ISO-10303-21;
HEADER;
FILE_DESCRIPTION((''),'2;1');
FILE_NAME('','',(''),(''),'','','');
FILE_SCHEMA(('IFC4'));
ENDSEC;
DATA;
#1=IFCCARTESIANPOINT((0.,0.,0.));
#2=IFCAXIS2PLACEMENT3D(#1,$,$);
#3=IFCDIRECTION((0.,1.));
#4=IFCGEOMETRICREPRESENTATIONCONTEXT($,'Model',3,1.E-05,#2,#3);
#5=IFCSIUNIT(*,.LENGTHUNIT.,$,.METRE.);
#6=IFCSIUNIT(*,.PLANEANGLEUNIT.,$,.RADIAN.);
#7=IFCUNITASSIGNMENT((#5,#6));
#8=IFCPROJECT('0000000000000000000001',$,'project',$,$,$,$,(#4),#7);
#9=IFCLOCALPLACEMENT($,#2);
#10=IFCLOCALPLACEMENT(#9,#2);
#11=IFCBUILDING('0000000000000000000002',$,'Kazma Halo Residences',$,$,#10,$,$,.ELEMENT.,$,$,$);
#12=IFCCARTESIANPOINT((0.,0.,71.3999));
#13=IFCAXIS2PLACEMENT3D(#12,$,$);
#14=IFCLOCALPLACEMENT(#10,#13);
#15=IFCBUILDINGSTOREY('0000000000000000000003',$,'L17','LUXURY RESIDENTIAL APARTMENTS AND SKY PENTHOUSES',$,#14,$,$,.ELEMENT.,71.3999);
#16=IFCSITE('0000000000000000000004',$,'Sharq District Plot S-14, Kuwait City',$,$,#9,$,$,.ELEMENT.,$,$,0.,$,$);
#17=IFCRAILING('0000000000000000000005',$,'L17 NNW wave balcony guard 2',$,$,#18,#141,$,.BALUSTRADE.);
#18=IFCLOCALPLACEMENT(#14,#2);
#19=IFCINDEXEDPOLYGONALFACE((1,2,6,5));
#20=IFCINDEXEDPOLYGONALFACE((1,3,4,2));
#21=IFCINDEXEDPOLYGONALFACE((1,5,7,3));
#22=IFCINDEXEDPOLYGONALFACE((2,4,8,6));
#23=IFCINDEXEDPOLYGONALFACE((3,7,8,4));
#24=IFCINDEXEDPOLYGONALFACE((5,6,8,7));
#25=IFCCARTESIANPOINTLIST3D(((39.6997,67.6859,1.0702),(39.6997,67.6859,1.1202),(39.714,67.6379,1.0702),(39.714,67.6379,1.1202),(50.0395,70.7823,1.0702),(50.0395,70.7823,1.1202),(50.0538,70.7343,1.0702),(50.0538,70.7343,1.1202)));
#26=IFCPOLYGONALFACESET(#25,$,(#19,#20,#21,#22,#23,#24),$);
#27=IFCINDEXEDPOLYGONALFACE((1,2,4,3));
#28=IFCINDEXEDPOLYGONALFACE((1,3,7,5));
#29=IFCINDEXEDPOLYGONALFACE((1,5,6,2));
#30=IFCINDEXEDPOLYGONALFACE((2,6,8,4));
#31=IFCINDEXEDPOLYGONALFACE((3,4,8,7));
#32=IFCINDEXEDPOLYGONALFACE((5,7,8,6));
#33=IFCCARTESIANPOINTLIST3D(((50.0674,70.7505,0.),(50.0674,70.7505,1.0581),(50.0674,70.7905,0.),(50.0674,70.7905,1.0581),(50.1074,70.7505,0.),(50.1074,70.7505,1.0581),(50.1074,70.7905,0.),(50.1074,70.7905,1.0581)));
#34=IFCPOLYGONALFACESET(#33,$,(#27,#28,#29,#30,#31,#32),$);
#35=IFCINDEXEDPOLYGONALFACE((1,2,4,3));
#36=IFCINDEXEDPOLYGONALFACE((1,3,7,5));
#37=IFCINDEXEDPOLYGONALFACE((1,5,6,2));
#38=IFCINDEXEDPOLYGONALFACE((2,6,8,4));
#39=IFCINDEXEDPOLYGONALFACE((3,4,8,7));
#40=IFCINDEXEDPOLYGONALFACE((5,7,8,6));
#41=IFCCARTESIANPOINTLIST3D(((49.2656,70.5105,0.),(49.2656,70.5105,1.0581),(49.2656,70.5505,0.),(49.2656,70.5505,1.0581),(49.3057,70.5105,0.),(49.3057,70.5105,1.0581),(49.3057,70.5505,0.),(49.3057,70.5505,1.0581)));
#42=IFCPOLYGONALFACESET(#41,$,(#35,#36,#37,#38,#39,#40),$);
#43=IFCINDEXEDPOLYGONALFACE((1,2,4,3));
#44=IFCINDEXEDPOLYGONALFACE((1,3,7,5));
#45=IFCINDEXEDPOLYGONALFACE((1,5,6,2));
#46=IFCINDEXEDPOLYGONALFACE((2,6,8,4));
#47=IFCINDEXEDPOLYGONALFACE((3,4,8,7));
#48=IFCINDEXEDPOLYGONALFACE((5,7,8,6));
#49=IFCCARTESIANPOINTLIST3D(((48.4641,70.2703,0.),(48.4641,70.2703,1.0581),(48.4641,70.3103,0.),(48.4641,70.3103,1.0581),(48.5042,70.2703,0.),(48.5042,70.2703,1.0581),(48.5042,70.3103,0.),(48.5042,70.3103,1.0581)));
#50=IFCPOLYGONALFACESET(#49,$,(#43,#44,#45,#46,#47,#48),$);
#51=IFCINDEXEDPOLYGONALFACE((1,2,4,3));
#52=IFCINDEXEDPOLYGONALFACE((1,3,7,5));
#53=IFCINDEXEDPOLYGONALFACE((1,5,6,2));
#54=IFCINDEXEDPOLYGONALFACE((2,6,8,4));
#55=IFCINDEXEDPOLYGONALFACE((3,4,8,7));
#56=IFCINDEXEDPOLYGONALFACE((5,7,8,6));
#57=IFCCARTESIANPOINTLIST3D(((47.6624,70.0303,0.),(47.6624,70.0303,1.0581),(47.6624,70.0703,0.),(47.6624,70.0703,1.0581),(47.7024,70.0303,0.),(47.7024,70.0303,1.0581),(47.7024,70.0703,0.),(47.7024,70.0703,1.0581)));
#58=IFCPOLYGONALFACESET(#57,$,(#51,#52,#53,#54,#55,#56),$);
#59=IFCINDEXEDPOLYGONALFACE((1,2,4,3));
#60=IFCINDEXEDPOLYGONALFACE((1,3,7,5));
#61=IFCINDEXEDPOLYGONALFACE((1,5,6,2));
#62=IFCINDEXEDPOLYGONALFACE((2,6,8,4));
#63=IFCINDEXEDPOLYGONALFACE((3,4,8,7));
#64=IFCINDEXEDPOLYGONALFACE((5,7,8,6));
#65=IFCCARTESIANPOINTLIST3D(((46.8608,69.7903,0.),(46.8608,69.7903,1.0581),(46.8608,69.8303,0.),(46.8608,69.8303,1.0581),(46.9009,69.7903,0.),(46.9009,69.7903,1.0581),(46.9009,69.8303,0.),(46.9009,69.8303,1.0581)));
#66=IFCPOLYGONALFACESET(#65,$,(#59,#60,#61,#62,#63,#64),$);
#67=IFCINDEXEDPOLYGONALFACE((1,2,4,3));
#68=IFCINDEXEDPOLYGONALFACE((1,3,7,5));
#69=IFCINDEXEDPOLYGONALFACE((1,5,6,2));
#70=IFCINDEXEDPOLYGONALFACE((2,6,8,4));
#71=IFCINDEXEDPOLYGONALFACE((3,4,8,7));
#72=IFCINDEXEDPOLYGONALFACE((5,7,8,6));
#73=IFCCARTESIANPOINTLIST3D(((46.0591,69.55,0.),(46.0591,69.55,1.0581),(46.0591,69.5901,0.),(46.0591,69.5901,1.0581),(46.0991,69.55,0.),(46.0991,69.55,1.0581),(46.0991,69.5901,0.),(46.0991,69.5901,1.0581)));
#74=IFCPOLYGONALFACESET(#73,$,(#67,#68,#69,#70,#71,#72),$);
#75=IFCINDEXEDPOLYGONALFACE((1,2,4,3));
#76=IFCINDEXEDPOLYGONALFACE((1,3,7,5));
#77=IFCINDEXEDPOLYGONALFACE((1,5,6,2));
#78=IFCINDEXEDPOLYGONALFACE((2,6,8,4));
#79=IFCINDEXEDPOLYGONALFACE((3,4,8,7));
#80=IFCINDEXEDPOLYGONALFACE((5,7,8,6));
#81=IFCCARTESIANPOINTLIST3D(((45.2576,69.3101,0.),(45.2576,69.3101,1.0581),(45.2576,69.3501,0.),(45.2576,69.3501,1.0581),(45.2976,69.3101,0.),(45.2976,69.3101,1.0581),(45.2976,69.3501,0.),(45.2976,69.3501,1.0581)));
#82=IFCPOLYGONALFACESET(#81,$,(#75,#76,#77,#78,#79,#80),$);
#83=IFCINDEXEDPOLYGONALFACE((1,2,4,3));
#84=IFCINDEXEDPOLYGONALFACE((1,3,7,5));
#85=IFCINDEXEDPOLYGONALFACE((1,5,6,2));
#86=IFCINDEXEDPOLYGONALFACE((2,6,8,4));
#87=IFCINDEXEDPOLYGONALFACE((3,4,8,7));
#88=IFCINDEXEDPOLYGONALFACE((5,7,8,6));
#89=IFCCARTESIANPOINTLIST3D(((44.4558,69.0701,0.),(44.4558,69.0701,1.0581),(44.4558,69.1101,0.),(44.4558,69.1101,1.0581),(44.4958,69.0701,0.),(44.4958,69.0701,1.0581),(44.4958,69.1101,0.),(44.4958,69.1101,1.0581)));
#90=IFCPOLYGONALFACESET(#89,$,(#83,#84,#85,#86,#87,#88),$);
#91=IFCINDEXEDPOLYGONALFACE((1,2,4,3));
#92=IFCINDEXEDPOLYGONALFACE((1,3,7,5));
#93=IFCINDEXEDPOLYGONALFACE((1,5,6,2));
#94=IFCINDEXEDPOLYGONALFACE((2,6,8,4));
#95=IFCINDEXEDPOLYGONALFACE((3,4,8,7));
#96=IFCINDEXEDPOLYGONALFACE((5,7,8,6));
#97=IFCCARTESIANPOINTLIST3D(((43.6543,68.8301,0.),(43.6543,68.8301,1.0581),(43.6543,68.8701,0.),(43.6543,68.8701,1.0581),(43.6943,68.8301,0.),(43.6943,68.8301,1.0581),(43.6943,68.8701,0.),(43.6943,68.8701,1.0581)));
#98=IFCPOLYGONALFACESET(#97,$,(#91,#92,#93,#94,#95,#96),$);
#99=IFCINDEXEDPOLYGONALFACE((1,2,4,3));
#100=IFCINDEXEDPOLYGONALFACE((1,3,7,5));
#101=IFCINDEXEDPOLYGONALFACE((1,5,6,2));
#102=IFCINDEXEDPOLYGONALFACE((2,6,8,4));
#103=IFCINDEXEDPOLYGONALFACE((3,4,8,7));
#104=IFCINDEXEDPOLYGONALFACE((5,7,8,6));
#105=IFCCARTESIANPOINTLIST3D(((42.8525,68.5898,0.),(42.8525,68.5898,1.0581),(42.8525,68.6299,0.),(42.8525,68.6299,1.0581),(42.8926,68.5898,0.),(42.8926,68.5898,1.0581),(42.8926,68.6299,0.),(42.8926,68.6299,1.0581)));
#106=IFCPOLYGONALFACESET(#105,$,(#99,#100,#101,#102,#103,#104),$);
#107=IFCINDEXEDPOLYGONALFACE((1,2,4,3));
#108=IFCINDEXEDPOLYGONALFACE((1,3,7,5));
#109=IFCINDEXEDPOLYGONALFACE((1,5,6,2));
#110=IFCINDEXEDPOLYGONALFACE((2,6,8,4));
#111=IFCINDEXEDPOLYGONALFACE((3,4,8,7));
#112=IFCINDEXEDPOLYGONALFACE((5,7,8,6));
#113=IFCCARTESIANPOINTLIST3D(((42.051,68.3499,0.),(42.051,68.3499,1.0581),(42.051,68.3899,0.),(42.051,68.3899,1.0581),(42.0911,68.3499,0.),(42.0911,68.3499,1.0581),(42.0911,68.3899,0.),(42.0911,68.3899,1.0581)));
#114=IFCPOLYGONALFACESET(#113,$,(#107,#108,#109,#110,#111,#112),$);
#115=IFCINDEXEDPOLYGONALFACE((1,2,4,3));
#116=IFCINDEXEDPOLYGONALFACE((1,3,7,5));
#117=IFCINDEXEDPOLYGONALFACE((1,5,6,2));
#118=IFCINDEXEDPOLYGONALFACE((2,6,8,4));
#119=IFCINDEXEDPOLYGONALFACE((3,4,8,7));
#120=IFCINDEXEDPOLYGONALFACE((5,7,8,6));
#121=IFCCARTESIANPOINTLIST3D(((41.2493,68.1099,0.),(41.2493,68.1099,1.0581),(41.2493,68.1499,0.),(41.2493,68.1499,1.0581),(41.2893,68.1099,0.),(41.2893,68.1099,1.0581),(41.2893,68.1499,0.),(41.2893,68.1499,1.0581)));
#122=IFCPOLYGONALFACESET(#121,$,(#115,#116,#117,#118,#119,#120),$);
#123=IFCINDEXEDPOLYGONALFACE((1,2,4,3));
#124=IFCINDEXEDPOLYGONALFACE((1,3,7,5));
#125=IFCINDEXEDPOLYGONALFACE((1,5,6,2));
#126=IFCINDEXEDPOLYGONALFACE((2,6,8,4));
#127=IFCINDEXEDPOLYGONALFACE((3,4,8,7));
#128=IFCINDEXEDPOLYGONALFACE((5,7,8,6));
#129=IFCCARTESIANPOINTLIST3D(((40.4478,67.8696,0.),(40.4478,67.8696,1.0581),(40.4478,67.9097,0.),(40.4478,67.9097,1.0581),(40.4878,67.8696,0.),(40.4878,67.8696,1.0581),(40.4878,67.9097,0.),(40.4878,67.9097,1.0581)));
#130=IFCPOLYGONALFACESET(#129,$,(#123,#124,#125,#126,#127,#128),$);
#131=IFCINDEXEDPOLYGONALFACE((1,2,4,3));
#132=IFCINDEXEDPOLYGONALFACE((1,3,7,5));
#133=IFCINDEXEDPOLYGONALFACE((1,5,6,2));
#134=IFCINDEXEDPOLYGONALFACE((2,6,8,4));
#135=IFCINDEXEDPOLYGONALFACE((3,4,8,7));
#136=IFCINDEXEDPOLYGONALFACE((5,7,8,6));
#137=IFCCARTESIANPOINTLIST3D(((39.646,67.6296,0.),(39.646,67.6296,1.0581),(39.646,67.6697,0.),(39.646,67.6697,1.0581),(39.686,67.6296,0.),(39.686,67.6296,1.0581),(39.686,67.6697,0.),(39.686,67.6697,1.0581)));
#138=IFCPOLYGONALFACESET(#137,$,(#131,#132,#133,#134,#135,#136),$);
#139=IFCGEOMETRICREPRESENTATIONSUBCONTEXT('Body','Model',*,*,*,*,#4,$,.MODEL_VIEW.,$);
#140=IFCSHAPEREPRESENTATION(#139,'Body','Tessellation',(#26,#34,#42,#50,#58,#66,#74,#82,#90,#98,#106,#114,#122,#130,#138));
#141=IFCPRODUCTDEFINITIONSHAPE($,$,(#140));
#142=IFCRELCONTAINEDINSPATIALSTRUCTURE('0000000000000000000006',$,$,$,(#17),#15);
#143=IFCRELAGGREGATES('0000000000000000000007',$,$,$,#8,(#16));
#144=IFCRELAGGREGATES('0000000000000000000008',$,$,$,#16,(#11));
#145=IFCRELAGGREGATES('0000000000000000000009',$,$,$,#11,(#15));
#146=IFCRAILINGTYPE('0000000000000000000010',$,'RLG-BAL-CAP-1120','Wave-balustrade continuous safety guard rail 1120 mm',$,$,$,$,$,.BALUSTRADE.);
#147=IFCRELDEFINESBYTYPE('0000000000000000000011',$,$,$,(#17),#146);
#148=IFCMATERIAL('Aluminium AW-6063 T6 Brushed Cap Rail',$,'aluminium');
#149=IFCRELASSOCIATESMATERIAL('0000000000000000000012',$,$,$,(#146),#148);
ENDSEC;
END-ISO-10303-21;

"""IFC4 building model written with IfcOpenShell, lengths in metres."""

from ifc_helpers import new_model, si_unit, direction, frame, origin, origin_2d, place, context, subcontext, project, spatial, rectangle, extrude, material, type_object, element, save


model = new_model("IFC4")

# Units and contexts
model_context = context("Model", 3, precision=1e-05, world=origin(), true_north=direction((0.0, 1.0)))
body_context = subcontext(model_context, "Body", "Model", "MODEL_VIEW")
ifc_project = project(units=[si_unit("LENGTHUNIT", "METRE"), si_unit("PLANEANGLEUNIT", "RADIAN")], contexts=[model_context])

# Site, building, storey
site_placement = place(None, origin())
site = spatial("IfcSite", under=ifc_project, at=site_placement, Name="Sharq District Plot S-14, Kuwait City", CompositionType="ELEMENT", RefElevation=0.0)
building_placement = place(site_placement, origin())
building = spatial("IfcBuilding", under=site, at=building_placement, Name="Kazma Halo Residences", CompositionType="ELEMENT")
storey_placement = place(building_placement, frame((0.0, 0.0, 71.3999)))
storey = spatial("IfcBuildingStorey", under=building, at=storey_placement, Name="L17", Description="LUXURY RESIDENTIAL APARTMENTS AND SKY PENTHOUSES", CompositionType="ELEMENT", Elevation=71.3999)

# Railing
ifc_material_1 = material(Name="Aluminium AW-6063 T6 Brushed Cap Rail", Category="aluminium")
railing_type = type_object("IfcRailingType", Name="RLG-BAL-CAP-1120", Description="Wave-balustrade continuous safety guard rail 1120 mm", PredefinedType="BALUSTRADE", material=ifc_material_1)
railing_1_placement = place(storey_placement, frame((50.0874, 70.7705, 0.0)))
element("IfcRailing", 1, at=railing_1_placement, inside=storey, type_object=railing_type, Name="L17 NNW wave balcony guard 2", PredefinedType="BALUSTRADE", context=body_context, shape_type="SweptSolid", body=[
    extrude(rectangle(XDim=0.05, YDim=0.05, at=origin_2d()), frame((-0.0408, -0.0122, 1.0952), z_axis=(-0.957967, -0.286878, 0.0), x_axis=(0.286878, -0.957967, 0.0)), (0.0, 0.0, 1.0), 10.7935),
    extrude(rectangle(XDim=0.04, YDim=0.04, at=origin_2d()), origin(), (0.0, 0.0, 1.0), 1.0581),
    extrude(rectangle(XDim=0.04, YDim=0.04, at=origin_2d()), frame((-0.8018, -0.24, 0.0)), (0.0, 0.0, 1.0), 1.0581),
    extrude(rectangle(XDim=0.04, YDim=0.04, at=origin_2d()), frame((-1.6033, -0.4802, 0.0)), (0.0, 0.0, 1.0), 1.0581),
    extrude(rectangle(XDim=0.04, YDim=0.04, at=origin_2d()), frame((-2.405, -0.7202, 0.0)), (0.0, 0.0, 1.0), 1.0581),
    extrude(rectangle(XDim=0.04, YDim=0.04, at=origin_2d()), frame((-3.2065, -0.9602, 0.0)), (0.0, 0.0, 1.0), 1.0581),
    extrude(rectangle(XDim=0.04, YDim=0.04, at=origin_2d()), frame((-4.0083, -1.2004, 0.0)), (0.0, 0.0, 1.0), 1.0581),
    extrude(rectangle(XDim=0.04, YDim=0.04, at=origin_2d()), frame((-4.8098, -1.4404, 0.0)), (0.0, 0.0, 1.0), 1.0581),
    extrude(rectangle(XDim=0.04, YDim=0.04, at=origin_2d()), frame((-5.6116, -1.6804, 0.0)), (0.0, 0.0, 1.0), 1.0581),
    extrude(rectangle(XDim=0.04, YDim=0.04, at=origin_2d()), frame((-6.4131, -1.9204, 0.0)), (0.0, 0.0, 1.0), 1.0581),
    extrude(rectangle(XDim=0.04, YDim=0.04, at=origin_2d()), frame((-7.2148, -2.1606, 0.0)), (0.0, 0.0, 1.0), 1.0581),
    extrude(rectangle(XDim=0.04, YDim=0.04, at=origin_2d()), frame((-8.0164, -2.4006, 0.0)), (0.0, 0.0, 1.0), 1.0581),
    extrude(rectangle(XDim=0.04, YDim=0.04, at=origin_2d()), frame((-8.8181, -2.6406, 0.0)), (0.0, 0.0, 1.0), 1.0581),
    extrude(rectangle(XDim=0.04, YDim=0.04, at=origin_2d()), frame((-9.6196, -2.8809, 0.0)), (0.0, 0.0, 1.0), 1.0581),
    extrude(rectangle(XDim=0.04, YDim=0.04, at=origin_2d()), frame((-10.4214, -3.1208, 0.0)), (0.0, 0.0, 1.0), 1.0581),
])

save(model, "model.ifc")
